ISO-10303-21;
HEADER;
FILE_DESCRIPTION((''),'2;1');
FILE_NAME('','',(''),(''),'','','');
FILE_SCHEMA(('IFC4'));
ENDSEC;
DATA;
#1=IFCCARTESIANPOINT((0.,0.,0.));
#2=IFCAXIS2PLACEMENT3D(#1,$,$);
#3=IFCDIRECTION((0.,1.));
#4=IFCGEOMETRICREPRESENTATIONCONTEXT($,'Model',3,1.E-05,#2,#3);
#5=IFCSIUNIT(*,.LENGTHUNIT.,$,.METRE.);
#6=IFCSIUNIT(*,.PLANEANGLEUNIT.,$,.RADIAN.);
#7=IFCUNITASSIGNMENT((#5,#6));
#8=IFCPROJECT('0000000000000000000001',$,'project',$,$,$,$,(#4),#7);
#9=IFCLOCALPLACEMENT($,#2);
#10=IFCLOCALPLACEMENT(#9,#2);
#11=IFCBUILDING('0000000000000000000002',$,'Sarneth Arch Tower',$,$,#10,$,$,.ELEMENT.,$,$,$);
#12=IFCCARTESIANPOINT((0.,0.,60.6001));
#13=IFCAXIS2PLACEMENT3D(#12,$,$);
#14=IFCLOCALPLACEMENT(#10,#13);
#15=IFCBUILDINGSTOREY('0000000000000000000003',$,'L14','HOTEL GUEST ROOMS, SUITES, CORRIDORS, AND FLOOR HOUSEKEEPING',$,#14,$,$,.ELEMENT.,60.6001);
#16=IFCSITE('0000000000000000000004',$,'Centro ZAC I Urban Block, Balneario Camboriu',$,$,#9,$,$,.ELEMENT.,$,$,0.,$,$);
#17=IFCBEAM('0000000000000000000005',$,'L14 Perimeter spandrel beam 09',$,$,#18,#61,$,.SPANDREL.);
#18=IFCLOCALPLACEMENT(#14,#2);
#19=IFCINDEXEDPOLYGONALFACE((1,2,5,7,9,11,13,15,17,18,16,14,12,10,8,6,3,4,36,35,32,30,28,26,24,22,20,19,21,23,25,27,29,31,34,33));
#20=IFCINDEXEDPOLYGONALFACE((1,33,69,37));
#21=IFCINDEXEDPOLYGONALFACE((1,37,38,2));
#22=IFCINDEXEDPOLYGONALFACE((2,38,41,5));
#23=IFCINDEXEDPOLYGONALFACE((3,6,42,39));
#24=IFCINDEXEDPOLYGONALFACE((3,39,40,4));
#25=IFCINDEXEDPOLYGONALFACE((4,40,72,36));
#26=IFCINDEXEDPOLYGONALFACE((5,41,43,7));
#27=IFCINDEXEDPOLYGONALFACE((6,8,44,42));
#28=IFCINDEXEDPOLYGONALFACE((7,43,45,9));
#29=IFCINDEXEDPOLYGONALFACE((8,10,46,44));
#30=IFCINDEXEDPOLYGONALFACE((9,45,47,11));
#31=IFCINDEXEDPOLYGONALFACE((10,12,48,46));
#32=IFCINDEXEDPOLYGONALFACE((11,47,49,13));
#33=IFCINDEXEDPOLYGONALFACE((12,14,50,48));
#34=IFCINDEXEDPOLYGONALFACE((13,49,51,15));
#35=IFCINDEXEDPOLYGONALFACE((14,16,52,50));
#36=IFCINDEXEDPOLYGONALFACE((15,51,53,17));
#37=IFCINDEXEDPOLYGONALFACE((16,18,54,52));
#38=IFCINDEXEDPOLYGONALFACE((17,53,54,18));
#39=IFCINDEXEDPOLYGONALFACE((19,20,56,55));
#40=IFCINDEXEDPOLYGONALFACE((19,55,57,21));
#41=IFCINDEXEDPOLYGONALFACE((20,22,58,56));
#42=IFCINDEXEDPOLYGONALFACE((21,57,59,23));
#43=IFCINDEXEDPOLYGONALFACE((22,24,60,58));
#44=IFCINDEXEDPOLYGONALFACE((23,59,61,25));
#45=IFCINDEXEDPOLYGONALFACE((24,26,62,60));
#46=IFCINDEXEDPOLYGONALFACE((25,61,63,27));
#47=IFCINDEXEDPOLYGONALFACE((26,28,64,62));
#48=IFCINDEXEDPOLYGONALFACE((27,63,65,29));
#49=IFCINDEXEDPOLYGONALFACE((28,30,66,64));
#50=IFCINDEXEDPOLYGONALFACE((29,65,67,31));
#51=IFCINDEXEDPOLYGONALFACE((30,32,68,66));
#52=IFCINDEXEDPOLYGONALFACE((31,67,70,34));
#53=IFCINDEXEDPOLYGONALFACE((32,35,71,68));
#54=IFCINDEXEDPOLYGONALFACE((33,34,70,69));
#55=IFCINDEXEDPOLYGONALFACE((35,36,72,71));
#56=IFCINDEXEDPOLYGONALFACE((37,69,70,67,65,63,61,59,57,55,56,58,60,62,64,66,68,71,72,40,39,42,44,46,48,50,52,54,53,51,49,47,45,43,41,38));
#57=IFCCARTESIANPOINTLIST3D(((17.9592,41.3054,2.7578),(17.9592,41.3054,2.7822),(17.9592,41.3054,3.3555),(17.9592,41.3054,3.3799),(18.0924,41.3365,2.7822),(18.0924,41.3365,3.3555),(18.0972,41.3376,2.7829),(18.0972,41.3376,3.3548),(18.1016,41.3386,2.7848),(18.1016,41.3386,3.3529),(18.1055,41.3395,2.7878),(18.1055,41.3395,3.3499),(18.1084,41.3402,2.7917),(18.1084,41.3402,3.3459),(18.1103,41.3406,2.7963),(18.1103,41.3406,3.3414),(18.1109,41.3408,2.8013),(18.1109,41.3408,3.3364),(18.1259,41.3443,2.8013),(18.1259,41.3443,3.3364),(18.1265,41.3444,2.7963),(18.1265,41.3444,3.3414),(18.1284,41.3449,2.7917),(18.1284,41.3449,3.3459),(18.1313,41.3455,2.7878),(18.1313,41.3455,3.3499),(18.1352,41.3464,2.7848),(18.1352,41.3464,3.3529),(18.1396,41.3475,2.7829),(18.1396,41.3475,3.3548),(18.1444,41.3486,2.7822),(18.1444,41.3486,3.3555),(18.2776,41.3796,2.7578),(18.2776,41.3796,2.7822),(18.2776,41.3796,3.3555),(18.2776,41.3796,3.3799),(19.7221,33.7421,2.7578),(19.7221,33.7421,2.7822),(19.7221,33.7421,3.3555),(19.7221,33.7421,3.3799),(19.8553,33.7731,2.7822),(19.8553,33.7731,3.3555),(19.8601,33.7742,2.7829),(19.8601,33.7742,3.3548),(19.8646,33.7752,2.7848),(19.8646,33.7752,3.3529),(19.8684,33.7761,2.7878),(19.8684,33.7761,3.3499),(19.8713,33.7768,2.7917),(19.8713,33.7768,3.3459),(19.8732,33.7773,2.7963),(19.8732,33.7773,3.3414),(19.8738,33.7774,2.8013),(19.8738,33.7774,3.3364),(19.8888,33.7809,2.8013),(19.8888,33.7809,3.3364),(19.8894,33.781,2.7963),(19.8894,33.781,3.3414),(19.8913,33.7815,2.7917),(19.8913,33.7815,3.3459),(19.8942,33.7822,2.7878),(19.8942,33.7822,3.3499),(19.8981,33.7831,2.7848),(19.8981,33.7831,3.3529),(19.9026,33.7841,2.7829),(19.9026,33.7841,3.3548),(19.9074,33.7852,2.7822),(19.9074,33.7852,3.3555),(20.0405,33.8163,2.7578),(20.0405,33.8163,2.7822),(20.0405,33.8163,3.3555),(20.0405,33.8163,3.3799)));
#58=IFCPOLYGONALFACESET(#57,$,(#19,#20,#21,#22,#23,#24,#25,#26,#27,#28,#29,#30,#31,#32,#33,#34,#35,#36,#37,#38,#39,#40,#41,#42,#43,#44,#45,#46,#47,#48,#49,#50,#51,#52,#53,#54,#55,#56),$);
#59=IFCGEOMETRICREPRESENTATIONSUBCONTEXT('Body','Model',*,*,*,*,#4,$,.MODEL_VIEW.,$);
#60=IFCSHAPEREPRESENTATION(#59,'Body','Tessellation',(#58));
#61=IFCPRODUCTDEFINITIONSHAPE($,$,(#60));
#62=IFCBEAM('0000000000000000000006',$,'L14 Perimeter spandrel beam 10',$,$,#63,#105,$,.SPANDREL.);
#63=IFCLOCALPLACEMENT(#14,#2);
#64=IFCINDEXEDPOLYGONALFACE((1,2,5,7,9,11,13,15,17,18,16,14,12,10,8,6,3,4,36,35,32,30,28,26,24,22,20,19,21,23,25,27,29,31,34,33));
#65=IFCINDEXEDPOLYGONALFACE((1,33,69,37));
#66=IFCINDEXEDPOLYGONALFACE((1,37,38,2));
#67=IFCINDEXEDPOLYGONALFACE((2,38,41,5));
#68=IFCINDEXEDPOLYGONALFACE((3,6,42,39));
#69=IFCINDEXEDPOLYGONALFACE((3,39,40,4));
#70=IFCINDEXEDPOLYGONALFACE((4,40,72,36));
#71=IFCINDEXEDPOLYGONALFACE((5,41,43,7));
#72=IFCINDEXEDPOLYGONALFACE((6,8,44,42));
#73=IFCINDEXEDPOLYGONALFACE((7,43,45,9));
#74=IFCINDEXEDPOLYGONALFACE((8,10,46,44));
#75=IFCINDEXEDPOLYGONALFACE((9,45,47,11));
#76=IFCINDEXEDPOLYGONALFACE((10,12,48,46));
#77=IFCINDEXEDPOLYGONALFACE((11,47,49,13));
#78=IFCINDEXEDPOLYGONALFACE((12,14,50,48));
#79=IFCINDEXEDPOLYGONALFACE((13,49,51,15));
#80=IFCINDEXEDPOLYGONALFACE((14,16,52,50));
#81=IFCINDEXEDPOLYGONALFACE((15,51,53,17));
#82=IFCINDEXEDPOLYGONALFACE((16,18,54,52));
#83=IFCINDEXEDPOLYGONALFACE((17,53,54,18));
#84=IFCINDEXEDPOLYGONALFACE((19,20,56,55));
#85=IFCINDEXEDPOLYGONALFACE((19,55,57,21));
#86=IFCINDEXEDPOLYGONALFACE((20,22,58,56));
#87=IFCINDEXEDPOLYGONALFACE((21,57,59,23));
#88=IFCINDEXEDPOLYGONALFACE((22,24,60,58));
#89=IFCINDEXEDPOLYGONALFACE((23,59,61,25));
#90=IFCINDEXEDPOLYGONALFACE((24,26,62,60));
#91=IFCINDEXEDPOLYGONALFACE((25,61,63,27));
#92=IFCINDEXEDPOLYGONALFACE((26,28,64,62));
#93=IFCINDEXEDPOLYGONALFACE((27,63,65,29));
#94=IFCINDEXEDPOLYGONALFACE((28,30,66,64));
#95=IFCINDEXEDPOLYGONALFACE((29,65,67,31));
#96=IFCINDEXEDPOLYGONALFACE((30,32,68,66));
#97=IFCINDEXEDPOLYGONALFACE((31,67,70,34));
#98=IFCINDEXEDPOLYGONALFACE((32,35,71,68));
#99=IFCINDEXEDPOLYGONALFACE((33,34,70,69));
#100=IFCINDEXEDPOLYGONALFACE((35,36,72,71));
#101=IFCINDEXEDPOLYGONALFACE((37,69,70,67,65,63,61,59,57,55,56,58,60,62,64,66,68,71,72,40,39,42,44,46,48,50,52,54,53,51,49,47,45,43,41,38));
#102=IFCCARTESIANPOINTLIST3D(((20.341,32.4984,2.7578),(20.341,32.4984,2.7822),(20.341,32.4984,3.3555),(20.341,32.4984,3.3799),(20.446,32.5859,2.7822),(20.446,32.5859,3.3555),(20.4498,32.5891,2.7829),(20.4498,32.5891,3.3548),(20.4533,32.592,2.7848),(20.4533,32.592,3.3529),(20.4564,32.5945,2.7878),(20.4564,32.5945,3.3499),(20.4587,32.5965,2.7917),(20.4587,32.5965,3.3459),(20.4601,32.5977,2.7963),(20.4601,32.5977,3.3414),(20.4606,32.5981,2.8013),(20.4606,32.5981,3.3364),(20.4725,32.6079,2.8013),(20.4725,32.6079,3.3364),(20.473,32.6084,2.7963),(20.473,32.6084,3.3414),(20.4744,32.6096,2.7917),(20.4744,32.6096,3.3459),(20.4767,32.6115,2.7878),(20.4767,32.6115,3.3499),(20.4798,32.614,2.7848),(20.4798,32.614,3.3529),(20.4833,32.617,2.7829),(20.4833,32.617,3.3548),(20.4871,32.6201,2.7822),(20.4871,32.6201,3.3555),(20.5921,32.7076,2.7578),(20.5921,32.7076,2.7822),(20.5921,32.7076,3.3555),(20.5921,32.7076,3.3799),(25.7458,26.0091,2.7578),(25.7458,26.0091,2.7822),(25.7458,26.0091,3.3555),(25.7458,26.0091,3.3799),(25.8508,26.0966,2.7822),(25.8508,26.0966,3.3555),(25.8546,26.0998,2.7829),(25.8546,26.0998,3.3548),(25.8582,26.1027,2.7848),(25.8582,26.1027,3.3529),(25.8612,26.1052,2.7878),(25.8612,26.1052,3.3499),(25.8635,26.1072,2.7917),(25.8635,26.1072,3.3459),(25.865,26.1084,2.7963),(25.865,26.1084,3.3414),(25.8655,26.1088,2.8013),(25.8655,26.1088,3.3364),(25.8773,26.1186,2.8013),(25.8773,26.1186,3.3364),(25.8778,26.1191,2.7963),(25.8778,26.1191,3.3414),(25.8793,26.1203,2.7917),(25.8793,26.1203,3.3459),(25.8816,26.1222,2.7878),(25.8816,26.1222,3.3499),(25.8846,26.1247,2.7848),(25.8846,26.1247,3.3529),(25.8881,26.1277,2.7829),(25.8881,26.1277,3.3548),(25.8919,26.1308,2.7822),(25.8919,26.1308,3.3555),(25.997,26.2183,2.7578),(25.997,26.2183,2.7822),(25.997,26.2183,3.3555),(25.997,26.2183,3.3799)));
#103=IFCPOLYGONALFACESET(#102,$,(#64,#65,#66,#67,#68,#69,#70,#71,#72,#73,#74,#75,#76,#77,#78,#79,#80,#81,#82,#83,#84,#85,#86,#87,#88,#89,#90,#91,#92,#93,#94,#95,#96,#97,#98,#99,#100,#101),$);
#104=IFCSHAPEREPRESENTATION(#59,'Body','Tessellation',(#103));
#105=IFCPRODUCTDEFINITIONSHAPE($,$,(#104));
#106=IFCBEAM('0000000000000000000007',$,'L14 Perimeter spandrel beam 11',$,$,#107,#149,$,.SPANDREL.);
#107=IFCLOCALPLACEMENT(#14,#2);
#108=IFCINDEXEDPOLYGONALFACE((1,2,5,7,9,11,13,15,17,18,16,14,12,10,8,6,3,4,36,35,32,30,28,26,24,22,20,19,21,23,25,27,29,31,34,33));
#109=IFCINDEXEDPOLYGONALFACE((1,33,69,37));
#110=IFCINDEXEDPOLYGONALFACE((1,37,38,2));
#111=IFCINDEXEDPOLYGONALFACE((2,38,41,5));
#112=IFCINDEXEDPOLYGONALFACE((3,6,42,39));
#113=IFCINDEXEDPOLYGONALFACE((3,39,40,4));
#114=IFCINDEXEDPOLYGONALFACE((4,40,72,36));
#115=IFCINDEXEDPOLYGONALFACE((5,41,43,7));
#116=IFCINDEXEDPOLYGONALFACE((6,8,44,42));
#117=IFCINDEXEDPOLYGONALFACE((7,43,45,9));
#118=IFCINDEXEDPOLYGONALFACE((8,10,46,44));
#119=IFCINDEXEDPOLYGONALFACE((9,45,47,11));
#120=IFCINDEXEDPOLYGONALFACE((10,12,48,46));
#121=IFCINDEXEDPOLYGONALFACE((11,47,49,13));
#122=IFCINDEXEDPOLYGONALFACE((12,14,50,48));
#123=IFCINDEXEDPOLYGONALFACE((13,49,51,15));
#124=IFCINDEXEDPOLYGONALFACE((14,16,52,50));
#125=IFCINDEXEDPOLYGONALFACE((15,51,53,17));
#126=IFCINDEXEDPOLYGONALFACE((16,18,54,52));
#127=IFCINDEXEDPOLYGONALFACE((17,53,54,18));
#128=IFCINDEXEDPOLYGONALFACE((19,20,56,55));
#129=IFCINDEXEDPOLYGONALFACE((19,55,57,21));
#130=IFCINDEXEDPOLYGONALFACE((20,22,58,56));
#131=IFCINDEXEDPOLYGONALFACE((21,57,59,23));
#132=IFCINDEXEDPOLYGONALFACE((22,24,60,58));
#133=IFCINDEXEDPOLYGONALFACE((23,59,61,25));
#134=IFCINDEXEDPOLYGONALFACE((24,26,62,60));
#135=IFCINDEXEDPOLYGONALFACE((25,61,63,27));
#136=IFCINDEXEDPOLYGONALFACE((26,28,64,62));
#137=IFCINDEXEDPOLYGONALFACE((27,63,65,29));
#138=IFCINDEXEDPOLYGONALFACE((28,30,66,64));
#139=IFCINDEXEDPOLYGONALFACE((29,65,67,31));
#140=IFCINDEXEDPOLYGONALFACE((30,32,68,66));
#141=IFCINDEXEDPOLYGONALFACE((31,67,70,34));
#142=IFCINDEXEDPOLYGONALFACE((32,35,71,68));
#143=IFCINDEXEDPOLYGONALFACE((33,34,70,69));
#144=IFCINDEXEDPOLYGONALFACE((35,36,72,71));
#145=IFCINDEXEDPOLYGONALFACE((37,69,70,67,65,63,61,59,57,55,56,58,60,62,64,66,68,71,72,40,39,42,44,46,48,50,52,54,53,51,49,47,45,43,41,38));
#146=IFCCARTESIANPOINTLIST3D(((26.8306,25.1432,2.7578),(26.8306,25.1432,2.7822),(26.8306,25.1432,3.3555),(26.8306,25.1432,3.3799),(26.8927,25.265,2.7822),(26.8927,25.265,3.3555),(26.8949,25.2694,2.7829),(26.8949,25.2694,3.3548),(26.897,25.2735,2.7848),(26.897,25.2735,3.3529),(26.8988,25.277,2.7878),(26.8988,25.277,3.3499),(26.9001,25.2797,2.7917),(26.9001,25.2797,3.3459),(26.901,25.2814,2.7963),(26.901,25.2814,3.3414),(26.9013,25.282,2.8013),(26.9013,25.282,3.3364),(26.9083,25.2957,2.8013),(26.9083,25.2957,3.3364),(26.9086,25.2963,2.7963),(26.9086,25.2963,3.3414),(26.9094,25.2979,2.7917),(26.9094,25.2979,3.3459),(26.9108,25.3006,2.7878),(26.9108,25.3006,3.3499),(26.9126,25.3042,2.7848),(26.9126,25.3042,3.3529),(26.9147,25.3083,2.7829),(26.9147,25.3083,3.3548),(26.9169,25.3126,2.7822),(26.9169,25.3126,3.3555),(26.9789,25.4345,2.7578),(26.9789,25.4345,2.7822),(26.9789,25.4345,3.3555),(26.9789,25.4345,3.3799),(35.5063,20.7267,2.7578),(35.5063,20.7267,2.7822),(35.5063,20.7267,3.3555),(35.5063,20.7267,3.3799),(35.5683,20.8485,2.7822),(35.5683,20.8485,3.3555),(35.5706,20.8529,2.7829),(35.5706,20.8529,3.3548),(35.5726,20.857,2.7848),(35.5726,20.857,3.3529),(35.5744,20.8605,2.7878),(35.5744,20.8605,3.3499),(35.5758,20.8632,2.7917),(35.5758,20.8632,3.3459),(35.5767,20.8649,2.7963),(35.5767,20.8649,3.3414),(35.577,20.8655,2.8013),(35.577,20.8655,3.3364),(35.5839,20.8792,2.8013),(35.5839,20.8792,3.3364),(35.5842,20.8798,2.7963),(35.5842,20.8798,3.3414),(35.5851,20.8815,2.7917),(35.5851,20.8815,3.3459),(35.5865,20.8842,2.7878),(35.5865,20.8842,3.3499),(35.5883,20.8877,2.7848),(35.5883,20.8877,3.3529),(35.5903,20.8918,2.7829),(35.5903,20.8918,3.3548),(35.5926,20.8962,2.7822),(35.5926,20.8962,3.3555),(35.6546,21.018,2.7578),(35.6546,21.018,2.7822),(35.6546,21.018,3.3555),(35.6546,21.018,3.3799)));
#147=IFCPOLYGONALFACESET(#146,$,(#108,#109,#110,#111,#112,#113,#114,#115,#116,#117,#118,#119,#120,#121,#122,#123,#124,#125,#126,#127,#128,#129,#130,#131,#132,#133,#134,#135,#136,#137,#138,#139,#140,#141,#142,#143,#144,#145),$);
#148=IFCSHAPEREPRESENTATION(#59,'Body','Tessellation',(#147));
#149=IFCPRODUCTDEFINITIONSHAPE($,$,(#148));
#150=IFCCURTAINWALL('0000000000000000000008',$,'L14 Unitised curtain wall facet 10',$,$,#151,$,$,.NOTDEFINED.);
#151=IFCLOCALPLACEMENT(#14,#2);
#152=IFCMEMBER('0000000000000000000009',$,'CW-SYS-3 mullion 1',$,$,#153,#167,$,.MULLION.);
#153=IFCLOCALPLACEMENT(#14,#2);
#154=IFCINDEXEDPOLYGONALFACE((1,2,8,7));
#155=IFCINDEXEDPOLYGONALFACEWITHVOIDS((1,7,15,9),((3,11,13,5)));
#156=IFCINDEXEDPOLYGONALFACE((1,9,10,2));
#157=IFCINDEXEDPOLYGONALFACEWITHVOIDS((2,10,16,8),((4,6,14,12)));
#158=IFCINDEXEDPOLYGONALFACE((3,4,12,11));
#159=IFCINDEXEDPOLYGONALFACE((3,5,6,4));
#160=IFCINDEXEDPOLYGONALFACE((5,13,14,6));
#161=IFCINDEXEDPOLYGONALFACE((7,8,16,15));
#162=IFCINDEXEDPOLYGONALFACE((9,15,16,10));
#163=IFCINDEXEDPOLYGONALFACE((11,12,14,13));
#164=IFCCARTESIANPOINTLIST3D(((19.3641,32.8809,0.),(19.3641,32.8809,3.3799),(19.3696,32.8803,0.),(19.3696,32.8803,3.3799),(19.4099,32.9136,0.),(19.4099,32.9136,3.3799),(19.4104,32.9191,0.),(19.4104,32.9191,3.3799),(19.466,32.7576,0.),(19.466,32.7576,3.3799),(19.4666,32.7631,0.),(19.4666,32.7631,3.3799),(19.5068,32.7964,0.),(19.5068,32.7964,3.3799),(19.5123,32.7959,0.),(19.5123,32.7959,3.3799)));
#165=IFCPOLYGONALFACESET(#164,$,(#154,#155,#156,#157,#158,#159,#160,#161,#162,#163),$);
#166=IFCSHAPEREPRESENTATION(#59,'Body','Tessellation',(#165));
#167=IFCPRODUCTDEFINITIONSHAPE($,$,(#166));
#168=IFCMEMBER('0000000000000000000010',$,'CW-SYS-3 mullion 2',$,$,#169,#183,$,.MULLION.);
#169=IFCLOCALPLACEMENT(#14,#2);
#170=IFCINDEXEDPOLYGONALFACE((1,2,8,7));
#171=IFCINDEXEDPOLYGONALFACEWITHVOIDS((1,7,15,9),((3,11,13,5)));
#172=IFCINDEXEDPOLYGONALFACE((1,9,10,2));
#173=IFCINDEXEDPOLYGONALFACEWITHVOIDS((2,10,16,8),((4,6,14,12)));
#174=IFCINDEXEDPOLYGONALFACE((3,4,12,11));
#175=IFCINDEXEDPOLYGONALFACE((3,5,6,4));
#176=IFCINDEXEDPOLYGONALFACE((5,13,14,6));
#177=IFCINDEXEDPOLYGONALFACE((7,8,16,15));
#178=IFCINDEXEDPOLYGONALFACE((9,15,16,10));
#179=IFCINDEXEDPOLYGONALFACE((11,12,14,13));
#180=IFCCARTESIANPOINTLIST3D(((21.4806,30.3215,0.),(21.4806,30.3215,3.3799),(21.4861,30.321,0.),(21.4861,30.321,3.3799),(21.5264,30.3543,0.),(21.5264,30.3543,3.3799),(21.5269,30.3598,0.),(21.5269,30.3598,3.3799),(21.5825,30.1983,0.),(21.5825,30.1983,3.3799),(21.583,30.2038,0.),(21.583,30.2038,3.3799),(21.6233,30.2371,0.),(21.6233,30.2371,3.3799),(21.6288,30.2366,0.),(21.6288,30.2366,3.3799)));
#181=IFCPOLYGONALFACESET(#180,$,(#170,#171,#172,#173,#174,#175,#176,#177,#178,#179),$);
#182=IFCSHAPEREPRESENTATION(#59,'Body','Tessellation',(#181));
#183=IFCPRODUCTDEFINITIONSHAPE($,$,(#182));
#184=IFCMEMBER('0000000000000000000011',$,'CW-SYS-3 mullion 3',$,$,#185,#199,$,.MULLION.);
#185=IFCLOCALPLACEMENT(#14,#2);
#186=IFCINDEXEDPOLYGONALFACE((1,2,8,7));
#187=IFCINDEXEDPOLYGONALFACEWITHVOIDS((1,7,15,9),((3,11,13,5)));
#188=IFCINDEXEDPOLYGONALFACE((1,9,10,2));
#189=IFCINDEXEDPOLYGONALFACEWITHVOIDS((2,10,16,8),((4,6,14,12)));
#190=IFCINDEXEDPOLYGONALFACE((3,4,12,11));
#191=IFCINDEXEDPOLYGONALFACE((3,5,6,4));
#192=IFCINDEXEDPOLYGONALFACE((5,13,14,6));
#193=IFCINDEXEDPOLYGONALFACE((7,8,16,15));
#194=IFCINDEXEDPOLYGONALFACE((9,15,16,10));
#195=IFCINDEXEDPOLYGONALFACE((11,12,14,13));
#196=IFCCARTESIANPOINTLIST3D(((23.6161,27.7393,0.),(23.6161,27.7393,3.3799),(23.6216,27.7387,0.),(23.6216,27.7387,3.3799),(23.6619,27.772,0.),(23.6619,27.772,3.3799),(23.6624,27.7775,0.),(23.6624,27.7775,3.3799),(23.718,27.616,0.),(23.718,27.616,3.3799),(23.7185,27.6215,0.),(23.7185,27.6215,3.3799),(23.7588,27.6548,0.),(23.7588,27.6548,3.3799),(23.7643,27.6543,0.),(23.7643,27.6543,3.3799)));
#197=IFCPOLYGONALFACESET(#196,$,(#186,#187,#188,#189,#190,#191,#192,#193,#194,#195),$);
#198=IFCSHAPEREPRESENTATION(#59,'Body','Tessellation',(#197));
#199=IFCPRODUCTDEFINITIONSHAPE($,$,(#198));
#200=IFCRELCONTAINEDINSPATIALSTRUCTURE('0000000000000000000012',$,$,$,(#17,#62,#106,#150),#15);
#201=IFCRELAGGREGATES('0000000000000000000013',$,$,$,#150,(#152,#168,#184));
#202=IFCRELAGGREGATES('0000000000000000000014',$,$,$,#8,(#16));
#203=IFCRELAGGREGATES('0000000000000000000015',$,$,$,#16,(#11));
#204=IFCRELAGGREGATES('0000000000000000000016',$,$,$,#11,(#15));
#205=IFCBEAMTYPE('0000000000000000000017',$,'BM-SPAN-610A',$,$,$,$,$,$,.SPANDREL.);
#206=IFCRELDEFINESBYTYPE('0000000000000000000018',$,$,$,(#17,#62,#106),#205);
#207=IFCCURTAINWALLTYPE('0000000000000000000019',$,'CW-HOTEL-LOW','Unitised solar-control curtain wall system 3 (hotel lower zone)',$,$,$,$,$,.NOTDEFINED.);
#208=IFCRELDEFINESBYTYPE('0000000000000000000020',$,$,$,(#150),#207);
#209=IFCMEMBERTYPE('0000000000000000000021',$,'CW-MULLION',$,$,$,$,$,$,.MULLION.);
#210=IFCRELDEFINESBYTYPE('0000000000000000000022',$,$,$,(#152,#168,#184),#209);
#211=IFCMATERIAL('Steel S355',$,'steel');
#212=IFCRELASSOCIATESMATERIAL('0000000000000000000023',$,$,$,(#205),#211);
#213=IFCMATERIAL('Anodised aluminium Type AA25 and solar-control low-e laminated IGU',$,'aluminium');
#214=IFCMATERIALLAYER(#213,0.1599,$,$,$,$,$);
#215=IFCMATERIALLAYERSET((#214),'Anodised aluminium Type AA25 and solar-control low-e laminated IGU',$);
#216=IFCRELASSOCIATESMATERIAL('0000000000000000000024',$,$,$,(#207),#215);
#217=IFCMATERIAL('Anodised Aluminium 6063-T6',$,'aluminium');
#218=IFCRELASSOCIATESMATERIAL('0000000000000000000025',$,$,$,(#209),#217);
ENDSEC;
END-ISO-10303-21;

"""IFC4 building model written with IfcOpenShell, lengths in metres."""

from ifc_helpers import new_model, si_unit, direction, frame, origin, origin_2d, place, context, subcontext, project, spatial, hollow_rectangle, i_section, extrude, material, layer, layer_set, material_profile, profile_set, type_object, element, aggregate, save


model = new_model("IFC4")

# Units and contexts
model_context = context("Model", 3, precision=1e-05, world=origin(), true_north=direction((0.0, 1.0)))
body_context = subcontext(model_context, "Body", "Model", "MODEL_VIEW")
ifc_project = project(units=[si_unit("LENGTHUNIT", "METRE"), si_unit("PLANEANGLEUNIT", "RADIAN")], contexts=[model_context])

# Site, building, storey
site_placement = place(None, origin())
site = spatial("IfcSite", under=ifc_project, at=site_placement, Name="Centro ZAC I Urban Block, Balneario Camboriu", CompositionType="ELEMENT", RefElevation=0.0)
building_placement = place(site_placement, origin())
building = spatial("IfcBuilding", under=site, at=building_placement, Name="Sarneth Arch Tower", CompositionType="ELEMENT")
storey_placement = place(building_placement, frame((0.0, 0.0, 60.6001)))
storey = spatial("IfcBuildingStorey", under=building, at=storey_placement, Name="L14", Description="HOTEL GUEST ROOMS, SUITES, CORRIDORS, AND FLOOR HOUSEKEEPING", CompositionType="ELEMENT", Elevation=60.6001)

# Beams
ifc_material_1 = material(Name="Steel S355", Category="steel")
ifc_material_profile_1 = material_profile(ifc_material_1, i_section(OverallWidth=0.3269, OverallDepth=0.6221, WebThickness=0.0154, FlangeThickness=0.0244, FilletRadius=0.019, at=origin_2d()), Name="W610x195")
ifc_profile_set_1 = profile_set([ifc_material_profile_1], Name="Steel S355")
beam_type = type_object("IfcBeamType", Name="BM-SPAN-610A", PredefinedType="SPANDREL", material=ifc_profile_set_1)
beam_1_placement = place(storey_placement, frame((18.1184, 41.3425, 3.0688), z_axis=(0.227001, -0.973895, 0.0), x_axis=(0.973895, 0.227001, 0.0)))
element("IfcBeam", 1, at=beam_1_placement, inside=storey, type_object=beam_type, Name="L14 Perimeter spandrel beam 09", PredefinedType="SPANDREL", context=body_context, shape_type="SweptSolid", body=[
    extrude(i_section(OverallWidth=0.3269, OverallDepth=0.6221, WebThickness=0.0154, FlangeThickness=0.0244, FilletRadius=0.019, at=origin_2d()), origin(), (0.0, 0.0, 1.0), 7.7661),
])
beam_2_placement = place(storey_placement, frame((20.4666, 32.603, 3.0688), z_axis=(0.63998, -0.768392, 0.0), x_axis=(0.768392, 0.63998, 0.0)))
element("IfcBeam", 2, at=beam_2_placement, inside=storey, type_object=beam_type, Name="L14 Perimeter spandrel beam 10", PredefinedType="SPANDREL", context=body_context, shape_type="SweptSolid", body=[
    extrude(i_section(OverallWidth=0.3269, OverallDepth=0.6221, WebThickness=0.0154, FlangeThickness=0.0244, FilletRadius=0.019, at=origin_2d()), origin(), (0.0, 0.0, 1.0), 8.4453),
])
beam_3_placement = place(storey_placement, frame((26.9048, 25.2888, 3.0688), z_axis=(0.891174, -0.453662, 0.0), x_axis=(0.453662, 0.891174, 0.0)))
element("IfcBeam", 3, at=beam_3_placement, inside=storey, type_object=beam_type, Name="L14 Perimeter spandrel beam 11", PredefinedType="SPANDREL", context=body_context, shape_type="SweptSolid", body=[
    extrude(i_section(OverallWidth=0.3269, OverallDepth=0.6221, WebThickness=0.0154, FlangeThickness=0.0244, FilletRadius=0.019, at=origin_2d()), origin(), (0.0, 0.0, 1.0), 9.7351),
])

# Curtain wall, members
ifc_material_2 = material(Name="Anodised aluminium Type AA25 and solar-control low-e laminated IGU", Category="aluminium")
ifc_layer_1 = layer(ifc_material_2, 0.1599)
ifc_layer_set_1 = layer_set([ifc_layer_1], Name="Anodised aluminium Type AA25 and solar-control low-e laminated IGU")
curtain_wall_type = type_object("IfcCurtainWallType", Name="CW-HOTEL-LOW", Description="Unitised solar-control curtain wall system 3 (hotel lower zone)", PredefinedType="NOTDEFINED", material=ifc_layer_set_1)
curtain_wall_placement = place(storey_placement, origin())
curtain_wall = element("IfcCurtainWall", 4, at=curtain_wall_placement, inside=storey, type_object=curtain_wall_type, Name="L14 Unitised curtain wall facet 10", PredefinedType="NOTDEFINED")
ifc_material_3 = material(Name="Anodised Aluminium 6063-T6", Category="aluminium")
ifc_material_profile_2 = material_profile(ifc_material_3, hollow_rectangle(XDim=0.0601, YDim=0.1599, WallThickness=0.0039, at=origin_2d()), Name="AL-MULL-160x60x4")
ifc_profile_set_2 = profile_set([ifc_material_profile_2], Name="Anodised Aluminium 6063-T6")
member_type_1 = type_object("IfcMemberType", Name="CW-MULLION", PredefinedType="MULLION", material=ifc_profile_set_2)
member_1_placement = place(storey_placement, frame((19.4382, 32.8384, 0.0), z_axis=(0.0, 0.0, 1.0), x_axis=(0.770623, 0.637291, 0.0)))
member_1 = element("IfcMember", 5, at=member_1_placement, type_object=member_type_1, Name="CW-SYS-3 mullion 1", PredefinedType="MULLION", context=body_context, shape_type="SweptSolid", body=[
    extrude(hollow_rectangle(XDim=0.0601, YDim=0.1599, WallThickness=0.0039, at=origin_2d()), origin(), (0.0, 0.0, 1.0), 3.3799),
])
member_2_placement = place(storey_placement, frame((21.5547, 30.2791, 0.0), z_axis=(0.0, 0.0, 1.0), x_axis=(0.770623, 0.637291, 0.0)))
member_2 = element("IfcMember", 6, at=member_2_placement, type_object=member_type_1, Name="CW-SYS-3 mullion 2", PredefinedType="MULLION", context=body_context, shape_type="SweptSolid", body=[
    extrude(hollow_rectangle(XDim=0.0601, YDim=0.1599, WallThickness=0.0039, at=origin_2d()), origin(), (0.0, 0.0, 1.0), 3.3799),
])
member_3_placement = place(storey_placement, frame((23.6902, 27.6968, 0.0), z_axis=(0.0, 0.0, 1.0), x_axis=(0.770623, 0.637291, 0.0)))
member_3 = element("IfcMember", 7, at=member_3_placement, type_object=member_type_1, Name="CW-SYS-3 mullion 3", PredefinedType="MULLION", context=body_context, shape_type="SweptSolid", body=[
    extrude(hollow_rectangle(XDim=0.0601, YDim=0.1599, WallThickness=0.0039, at=origin_2d()), origin(), (0.0, 0.0, 1.0), 3.3799),
])

aggregate(curtain_wall, [member_1, member_2, member_3])

save(model, "model.ifc")
